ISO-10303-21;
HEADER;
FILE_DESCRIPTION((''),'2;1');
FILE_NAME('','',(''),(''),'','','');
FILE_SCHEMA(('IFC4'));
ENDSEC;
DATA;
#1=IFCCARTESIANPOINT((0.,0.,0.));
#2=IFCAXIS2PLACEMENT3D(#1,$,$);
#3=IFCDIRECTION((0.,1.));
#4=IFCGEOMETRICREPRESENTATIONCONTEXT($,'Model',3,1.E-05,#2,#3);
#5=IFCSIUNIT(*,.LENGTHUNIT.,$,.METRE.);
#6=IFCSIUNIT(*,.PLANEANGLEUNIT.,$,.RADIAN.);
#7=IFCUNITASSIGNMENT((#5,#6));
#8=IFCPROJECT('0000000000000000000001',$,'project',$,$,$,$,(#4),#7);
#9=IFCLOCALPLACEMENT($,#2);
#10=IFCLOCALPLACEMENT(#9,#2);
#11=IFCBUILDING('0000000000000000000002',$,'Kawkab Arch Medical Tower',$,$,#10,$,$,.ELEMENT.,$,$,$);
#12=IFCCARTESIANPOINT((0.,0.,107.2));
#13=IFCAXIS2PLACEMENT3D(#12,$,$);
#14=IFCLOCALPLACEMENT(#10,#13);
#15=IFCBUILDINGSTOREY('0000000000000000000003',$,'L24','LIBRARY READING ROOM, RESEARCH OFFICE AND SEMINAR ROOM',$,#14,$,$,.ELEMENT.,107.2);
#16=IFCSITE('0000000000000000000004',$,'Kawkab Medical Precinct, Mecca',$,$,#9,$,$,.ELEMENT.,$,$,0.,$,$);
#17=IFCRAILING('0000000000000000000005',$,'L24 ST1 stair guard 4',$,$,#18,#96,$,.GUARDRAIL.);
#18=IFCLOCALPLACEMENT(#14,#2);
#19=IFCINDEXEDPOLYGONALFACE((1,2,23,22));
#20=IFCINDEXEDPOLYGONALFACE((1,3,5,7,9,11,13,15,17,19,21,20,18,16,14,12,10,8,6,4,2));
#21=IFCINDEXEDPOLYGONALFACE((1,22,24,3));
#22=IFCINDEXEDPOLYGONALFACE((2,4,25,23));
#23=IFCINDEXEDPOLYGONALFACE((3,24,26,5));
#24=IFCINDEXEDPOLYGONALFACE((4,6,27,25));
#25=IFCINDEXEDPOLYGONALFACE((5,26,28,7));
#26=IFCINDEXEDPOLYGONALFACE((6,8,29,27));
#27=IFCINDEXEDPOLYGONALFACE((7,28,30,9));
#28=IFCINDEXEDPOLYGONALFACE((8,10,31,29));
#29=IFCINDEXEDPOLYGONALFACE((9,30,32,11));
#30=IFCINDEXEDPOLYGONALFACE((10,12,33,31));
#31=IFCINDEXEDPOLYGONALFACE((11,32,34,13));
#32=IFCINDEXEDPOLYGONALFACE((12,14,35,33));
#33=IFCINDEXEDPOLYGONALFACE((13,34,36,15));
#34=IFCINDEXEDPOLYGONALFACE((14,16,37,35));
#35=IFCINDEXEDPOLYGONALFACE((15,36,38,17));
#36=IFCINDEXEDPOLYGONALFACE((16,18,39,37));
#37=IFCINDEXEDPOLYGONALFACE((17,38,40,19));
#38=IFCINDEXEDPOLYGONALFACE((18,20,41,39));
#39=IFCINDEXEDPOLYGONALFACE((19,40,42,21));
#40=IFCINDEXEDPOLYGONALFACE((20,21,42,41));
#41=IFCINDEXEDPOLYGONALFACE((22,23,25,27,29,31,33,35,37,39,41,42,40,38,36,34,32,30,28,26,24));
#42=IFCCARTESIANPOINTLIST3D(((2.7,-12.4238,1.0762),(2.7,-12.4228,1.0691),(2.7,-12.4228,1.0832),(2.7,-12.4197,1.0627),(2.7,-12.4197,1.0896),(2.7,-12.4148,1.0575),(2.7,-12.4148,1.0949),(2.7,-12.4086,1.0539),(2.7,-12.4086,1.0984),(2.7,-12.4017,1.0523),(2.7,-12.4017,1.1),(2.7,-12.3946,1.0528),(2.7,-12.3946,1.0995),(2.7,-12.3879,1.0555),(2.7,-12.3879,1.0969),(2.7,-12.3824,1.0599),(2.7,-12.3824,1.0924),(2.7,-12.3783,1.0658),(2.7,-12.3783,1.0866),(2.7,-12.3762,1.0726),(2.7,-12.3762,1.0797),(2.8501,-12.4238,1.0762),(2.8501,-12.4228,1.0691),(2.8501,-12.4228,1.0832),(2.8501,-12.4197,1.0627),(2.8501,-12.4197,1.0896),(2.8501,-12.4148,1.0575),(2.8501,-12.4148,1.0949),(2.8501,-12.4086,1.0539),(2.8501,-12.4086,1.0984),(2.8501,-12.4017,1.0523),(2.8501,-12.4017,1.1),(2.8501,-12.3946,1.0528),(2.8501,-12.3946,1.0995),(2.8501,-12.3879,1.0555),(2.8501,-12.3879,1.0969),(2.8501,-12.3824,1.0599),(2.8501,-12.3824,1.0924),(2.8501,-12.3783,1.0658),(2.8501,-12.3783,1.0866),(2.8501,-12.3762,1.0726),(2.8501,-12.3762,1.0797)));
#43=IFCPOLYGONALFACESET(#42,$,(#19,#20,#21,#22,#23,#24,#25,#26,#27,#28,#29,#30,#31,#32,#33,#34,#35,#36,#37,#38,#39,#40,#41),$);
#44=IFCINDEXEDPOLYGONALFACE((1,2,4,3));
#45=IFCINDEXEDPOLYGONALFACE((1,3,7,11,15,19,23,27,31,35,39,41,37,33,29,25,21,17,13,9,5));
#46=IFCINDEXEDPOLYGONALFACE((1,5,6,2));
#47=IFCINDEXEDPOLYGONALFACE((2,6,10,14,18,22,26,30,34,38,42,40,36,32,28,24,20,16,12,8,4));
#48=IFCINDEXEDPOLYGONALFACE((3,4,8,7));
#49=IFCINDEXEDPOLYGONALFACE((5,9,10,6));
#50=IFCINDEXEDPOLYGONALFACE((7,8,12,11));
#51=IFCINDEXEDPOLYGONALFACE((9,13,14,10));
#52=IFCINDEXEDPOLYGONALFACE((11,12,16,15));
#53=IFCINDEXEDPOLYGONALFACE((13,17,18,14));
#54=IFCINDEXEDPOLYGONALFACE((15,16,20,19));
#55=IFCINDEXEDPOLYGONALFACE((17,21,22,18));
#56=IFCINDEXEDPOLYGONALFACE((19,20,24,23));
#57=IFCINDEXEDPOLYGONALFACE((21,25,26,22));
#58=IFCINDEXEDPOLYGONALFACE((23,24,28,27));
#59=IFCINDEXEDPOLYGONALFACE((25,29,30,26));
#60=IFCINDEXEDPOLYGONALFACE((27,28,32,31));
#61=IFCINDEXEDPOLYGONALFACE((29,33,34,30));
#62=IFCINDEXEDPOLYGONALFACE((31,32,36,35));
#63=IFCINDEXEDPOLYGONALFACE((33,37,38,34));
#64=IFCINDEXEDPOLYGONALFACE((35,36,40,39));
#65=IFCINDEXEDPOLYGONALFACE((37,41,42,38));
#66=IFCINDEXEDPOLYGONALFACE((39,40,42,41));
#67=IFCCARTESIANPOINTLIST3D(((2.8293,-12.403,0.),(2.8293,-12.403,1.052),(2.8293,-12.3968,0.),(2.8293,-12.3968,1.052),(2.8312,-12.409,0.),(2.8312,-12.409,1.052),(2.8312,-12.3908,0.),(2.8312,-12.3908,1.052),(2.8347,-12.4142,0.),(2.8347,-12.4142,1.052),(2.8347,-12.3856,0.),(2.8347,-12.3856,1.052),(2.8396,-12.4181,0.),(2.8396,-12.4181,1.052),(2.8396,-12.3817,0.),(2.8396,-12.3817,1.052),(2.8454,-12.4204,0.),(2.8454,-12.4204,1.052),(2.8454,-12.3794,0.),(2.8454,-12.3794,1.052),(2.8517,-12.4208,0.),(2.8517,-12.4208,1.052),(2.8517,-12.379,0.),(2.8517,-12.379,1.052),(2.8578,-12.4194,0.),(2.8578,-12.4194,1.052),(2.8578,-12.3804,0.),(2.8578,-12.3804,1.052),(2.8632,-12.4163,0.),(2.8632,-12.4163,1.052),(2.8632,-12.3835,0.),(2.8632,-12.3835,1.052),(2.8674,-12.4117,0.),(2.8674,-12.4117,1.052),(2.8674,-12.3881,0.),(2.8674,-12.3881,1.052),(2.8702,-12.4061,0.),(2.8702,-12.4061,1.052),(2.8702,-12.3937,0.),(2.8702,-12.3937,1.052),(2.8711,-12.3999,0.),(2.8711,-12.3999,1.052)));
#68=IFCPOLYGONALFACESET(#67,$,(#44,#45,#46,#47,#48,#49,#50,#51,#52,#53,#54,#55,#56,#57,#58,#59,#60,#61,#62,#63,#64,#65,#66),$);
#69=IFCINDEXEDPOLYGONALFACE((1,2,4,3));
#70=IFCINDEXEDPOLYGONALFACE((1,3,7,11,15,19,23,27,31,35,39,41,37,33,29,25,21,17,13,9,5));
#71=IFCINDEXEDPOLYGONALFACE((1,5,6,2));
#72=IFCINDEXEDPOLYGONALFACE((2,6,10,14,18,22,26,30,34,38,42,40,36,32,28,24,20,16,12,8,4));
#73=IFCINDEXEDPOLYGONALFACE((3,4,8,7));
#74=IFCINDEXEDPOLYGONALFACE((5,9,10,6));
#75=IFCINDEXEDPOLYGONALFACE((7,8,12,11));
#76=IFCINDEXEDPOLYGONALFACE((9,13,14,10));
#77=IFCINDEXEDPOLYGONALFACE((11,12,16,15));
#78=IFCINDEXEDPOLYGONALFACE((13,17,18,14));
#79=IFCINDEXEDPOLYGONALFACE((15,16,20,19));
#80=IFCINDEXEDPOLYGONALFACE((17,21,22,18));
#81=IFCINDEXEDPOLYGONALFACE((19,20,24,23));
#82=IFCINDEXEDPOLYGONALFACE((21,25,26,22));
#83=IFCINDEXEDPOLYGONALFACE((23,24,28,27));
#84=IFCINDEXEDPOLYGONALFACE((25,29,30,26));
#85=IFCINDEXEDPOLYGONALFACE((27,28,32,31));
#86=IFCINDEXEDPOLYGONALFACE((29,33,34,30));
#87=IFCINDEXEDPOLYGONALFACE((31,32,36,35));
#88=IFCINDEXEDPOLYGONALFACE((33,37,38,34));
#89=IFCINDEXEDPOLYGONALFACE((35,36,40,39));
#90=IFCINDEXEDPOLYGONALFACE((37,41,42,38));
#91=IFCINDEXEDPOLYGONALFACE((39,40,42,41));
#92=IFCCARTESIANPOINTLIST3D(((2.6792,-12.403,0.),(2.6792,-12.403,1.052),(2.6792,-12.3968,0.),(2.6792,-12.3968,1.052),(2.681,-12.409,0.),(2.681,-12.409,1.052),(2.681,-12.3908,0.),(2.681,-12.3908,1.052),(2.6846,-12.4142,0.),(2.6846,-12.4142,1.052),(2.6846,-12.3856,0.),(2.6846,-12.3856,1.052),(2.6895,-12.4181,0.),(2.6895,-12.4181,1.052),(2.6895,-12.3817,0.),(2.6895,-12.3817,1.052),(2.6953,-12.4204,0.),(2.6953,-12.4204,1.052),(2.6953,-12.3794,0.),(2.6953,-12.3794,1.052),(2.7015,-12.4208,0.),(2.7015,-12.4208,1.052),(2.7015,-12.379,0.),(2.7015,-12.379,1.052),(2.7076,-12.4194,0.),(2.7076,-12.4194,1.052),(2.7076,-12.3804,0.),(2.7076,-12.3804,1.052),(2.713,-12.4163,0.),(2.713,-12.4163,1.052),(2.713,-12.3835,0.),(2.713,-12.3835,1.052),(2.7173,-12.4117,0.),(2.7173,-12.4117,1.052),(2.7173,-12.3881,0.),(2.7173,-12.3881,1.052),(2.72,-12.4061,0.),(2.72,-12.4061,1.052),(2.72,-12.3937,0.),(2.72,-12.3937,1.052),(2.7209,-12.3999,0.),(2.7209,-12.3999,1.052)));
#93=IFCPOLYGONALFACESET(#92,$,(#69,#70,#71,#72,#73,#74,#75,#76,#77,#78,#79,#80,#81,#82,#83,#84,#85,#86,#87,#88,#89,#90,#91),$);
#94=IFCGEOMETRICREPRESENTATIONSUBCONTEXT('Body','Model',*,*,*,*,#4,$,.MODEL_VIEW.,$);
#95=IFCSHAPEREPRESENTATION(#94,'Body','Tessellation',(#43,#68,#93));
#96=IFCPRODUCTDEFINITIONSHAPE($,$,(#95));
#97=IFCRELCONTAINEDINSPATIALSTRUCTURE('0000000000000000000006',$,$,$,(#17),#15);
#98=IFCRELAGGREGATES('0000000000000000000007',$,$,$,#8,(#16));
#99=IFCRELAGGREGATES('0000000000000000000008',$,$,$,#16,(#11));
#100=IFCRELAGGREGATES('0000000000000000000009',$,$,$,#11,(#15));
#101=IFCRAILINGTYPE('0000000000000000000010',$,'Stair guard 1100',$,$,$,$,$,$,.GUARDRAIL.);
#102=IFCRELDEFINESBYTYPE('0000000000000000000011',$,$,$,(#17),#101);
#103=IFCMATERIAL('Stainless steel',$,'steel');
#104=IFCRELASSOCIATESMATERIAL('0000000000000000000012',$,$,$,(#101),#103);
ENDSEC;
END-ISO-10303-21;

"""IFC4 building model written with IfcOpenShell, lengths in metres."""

from ifc_helpers import new_model, si_unit, direction, frame, origin, origin_2d, place, context, subcontext, project, spatial, circle, extrude, material, type_object, element, save


model = new_model("IFC4")

# Units and contexts
model_context = context("Model", 3, precision=1e-05, world=origin(), true_north=direction((0.0, 1.0)))
body_context = subcontext(model_context, "Body", "Model", "MODEL_VIEW")
ifc_project = project(units=[si_unit("LENGTHUNIT", "METRE"), si_unit("PLANEANGLEUNIT", "RADIAN")], contexts=[model_context])

# Site, building, storey
site_placement = place(None, origin())
site = spatial("IfcSite", under=ifc_project, at=site_placement, Name="Kawkab Medical Precinct, Mecca", CompositionType="ELEMENT", RefElevation=0.0)
building_placement = place(site_placement, origin())
building = spatial("IfcBuilding", under=site, at=building_placement, Name="Kawkab Arch Medical Tower", CompositionType="ELEMENT")
storey_placement = place(building_placement, frame((0.0, 0.0, 107.2)))
storey = spatial("IfcBuildingStorey", under=building, at=storey_placement, Name="L24", Description="LIBRARY READING ROOM, RESEARCH OFFICE AND SEMINAR ROOM", CompositionType="ELEMENT", Elevation=107.2)

# Railing
ifc_material_1 = material(Name="Stainless steel", Category="steel")
railing_type_1 = type_object("IfcRailingType", Name="Stair guard 1100", PredefinedType="GUARDRAIL", material=ifc_material_1)
railing_1_placement = place(storey_placement, frame((2.8501, -12.3999, 0.0)))
element("IfcRailing", 1, at=railing_1_placement, inside=storey, type_object=railing_type_1, Name="L24 ST1 stair guard 4", PredefinedType="GUARDRAIL", context=body_context, shape_type="SweptSolid", body=[
    extrude(circle(Radius=0.0239, at=origin_2d()), frame((0.0, 0.0, 1.0762), z_axis=(-1.0, 0.0, 0.0), x_axis=(0.0, -1.0, 0.0)), (0.0, 0.0, 1.0), 0.1501),
    extrude(circle(Radius=0.021, at=origin_2d()), origin(), (0.0, 0.0, 1.0), 1.052),
    extrude(circle(Radius=0.021, at=origin_2d()), frame((-0.1501, 0.0, 0.0)), (0.0, 0.0, 1.0), 1.052),
])

save(model, "model.ifc")
